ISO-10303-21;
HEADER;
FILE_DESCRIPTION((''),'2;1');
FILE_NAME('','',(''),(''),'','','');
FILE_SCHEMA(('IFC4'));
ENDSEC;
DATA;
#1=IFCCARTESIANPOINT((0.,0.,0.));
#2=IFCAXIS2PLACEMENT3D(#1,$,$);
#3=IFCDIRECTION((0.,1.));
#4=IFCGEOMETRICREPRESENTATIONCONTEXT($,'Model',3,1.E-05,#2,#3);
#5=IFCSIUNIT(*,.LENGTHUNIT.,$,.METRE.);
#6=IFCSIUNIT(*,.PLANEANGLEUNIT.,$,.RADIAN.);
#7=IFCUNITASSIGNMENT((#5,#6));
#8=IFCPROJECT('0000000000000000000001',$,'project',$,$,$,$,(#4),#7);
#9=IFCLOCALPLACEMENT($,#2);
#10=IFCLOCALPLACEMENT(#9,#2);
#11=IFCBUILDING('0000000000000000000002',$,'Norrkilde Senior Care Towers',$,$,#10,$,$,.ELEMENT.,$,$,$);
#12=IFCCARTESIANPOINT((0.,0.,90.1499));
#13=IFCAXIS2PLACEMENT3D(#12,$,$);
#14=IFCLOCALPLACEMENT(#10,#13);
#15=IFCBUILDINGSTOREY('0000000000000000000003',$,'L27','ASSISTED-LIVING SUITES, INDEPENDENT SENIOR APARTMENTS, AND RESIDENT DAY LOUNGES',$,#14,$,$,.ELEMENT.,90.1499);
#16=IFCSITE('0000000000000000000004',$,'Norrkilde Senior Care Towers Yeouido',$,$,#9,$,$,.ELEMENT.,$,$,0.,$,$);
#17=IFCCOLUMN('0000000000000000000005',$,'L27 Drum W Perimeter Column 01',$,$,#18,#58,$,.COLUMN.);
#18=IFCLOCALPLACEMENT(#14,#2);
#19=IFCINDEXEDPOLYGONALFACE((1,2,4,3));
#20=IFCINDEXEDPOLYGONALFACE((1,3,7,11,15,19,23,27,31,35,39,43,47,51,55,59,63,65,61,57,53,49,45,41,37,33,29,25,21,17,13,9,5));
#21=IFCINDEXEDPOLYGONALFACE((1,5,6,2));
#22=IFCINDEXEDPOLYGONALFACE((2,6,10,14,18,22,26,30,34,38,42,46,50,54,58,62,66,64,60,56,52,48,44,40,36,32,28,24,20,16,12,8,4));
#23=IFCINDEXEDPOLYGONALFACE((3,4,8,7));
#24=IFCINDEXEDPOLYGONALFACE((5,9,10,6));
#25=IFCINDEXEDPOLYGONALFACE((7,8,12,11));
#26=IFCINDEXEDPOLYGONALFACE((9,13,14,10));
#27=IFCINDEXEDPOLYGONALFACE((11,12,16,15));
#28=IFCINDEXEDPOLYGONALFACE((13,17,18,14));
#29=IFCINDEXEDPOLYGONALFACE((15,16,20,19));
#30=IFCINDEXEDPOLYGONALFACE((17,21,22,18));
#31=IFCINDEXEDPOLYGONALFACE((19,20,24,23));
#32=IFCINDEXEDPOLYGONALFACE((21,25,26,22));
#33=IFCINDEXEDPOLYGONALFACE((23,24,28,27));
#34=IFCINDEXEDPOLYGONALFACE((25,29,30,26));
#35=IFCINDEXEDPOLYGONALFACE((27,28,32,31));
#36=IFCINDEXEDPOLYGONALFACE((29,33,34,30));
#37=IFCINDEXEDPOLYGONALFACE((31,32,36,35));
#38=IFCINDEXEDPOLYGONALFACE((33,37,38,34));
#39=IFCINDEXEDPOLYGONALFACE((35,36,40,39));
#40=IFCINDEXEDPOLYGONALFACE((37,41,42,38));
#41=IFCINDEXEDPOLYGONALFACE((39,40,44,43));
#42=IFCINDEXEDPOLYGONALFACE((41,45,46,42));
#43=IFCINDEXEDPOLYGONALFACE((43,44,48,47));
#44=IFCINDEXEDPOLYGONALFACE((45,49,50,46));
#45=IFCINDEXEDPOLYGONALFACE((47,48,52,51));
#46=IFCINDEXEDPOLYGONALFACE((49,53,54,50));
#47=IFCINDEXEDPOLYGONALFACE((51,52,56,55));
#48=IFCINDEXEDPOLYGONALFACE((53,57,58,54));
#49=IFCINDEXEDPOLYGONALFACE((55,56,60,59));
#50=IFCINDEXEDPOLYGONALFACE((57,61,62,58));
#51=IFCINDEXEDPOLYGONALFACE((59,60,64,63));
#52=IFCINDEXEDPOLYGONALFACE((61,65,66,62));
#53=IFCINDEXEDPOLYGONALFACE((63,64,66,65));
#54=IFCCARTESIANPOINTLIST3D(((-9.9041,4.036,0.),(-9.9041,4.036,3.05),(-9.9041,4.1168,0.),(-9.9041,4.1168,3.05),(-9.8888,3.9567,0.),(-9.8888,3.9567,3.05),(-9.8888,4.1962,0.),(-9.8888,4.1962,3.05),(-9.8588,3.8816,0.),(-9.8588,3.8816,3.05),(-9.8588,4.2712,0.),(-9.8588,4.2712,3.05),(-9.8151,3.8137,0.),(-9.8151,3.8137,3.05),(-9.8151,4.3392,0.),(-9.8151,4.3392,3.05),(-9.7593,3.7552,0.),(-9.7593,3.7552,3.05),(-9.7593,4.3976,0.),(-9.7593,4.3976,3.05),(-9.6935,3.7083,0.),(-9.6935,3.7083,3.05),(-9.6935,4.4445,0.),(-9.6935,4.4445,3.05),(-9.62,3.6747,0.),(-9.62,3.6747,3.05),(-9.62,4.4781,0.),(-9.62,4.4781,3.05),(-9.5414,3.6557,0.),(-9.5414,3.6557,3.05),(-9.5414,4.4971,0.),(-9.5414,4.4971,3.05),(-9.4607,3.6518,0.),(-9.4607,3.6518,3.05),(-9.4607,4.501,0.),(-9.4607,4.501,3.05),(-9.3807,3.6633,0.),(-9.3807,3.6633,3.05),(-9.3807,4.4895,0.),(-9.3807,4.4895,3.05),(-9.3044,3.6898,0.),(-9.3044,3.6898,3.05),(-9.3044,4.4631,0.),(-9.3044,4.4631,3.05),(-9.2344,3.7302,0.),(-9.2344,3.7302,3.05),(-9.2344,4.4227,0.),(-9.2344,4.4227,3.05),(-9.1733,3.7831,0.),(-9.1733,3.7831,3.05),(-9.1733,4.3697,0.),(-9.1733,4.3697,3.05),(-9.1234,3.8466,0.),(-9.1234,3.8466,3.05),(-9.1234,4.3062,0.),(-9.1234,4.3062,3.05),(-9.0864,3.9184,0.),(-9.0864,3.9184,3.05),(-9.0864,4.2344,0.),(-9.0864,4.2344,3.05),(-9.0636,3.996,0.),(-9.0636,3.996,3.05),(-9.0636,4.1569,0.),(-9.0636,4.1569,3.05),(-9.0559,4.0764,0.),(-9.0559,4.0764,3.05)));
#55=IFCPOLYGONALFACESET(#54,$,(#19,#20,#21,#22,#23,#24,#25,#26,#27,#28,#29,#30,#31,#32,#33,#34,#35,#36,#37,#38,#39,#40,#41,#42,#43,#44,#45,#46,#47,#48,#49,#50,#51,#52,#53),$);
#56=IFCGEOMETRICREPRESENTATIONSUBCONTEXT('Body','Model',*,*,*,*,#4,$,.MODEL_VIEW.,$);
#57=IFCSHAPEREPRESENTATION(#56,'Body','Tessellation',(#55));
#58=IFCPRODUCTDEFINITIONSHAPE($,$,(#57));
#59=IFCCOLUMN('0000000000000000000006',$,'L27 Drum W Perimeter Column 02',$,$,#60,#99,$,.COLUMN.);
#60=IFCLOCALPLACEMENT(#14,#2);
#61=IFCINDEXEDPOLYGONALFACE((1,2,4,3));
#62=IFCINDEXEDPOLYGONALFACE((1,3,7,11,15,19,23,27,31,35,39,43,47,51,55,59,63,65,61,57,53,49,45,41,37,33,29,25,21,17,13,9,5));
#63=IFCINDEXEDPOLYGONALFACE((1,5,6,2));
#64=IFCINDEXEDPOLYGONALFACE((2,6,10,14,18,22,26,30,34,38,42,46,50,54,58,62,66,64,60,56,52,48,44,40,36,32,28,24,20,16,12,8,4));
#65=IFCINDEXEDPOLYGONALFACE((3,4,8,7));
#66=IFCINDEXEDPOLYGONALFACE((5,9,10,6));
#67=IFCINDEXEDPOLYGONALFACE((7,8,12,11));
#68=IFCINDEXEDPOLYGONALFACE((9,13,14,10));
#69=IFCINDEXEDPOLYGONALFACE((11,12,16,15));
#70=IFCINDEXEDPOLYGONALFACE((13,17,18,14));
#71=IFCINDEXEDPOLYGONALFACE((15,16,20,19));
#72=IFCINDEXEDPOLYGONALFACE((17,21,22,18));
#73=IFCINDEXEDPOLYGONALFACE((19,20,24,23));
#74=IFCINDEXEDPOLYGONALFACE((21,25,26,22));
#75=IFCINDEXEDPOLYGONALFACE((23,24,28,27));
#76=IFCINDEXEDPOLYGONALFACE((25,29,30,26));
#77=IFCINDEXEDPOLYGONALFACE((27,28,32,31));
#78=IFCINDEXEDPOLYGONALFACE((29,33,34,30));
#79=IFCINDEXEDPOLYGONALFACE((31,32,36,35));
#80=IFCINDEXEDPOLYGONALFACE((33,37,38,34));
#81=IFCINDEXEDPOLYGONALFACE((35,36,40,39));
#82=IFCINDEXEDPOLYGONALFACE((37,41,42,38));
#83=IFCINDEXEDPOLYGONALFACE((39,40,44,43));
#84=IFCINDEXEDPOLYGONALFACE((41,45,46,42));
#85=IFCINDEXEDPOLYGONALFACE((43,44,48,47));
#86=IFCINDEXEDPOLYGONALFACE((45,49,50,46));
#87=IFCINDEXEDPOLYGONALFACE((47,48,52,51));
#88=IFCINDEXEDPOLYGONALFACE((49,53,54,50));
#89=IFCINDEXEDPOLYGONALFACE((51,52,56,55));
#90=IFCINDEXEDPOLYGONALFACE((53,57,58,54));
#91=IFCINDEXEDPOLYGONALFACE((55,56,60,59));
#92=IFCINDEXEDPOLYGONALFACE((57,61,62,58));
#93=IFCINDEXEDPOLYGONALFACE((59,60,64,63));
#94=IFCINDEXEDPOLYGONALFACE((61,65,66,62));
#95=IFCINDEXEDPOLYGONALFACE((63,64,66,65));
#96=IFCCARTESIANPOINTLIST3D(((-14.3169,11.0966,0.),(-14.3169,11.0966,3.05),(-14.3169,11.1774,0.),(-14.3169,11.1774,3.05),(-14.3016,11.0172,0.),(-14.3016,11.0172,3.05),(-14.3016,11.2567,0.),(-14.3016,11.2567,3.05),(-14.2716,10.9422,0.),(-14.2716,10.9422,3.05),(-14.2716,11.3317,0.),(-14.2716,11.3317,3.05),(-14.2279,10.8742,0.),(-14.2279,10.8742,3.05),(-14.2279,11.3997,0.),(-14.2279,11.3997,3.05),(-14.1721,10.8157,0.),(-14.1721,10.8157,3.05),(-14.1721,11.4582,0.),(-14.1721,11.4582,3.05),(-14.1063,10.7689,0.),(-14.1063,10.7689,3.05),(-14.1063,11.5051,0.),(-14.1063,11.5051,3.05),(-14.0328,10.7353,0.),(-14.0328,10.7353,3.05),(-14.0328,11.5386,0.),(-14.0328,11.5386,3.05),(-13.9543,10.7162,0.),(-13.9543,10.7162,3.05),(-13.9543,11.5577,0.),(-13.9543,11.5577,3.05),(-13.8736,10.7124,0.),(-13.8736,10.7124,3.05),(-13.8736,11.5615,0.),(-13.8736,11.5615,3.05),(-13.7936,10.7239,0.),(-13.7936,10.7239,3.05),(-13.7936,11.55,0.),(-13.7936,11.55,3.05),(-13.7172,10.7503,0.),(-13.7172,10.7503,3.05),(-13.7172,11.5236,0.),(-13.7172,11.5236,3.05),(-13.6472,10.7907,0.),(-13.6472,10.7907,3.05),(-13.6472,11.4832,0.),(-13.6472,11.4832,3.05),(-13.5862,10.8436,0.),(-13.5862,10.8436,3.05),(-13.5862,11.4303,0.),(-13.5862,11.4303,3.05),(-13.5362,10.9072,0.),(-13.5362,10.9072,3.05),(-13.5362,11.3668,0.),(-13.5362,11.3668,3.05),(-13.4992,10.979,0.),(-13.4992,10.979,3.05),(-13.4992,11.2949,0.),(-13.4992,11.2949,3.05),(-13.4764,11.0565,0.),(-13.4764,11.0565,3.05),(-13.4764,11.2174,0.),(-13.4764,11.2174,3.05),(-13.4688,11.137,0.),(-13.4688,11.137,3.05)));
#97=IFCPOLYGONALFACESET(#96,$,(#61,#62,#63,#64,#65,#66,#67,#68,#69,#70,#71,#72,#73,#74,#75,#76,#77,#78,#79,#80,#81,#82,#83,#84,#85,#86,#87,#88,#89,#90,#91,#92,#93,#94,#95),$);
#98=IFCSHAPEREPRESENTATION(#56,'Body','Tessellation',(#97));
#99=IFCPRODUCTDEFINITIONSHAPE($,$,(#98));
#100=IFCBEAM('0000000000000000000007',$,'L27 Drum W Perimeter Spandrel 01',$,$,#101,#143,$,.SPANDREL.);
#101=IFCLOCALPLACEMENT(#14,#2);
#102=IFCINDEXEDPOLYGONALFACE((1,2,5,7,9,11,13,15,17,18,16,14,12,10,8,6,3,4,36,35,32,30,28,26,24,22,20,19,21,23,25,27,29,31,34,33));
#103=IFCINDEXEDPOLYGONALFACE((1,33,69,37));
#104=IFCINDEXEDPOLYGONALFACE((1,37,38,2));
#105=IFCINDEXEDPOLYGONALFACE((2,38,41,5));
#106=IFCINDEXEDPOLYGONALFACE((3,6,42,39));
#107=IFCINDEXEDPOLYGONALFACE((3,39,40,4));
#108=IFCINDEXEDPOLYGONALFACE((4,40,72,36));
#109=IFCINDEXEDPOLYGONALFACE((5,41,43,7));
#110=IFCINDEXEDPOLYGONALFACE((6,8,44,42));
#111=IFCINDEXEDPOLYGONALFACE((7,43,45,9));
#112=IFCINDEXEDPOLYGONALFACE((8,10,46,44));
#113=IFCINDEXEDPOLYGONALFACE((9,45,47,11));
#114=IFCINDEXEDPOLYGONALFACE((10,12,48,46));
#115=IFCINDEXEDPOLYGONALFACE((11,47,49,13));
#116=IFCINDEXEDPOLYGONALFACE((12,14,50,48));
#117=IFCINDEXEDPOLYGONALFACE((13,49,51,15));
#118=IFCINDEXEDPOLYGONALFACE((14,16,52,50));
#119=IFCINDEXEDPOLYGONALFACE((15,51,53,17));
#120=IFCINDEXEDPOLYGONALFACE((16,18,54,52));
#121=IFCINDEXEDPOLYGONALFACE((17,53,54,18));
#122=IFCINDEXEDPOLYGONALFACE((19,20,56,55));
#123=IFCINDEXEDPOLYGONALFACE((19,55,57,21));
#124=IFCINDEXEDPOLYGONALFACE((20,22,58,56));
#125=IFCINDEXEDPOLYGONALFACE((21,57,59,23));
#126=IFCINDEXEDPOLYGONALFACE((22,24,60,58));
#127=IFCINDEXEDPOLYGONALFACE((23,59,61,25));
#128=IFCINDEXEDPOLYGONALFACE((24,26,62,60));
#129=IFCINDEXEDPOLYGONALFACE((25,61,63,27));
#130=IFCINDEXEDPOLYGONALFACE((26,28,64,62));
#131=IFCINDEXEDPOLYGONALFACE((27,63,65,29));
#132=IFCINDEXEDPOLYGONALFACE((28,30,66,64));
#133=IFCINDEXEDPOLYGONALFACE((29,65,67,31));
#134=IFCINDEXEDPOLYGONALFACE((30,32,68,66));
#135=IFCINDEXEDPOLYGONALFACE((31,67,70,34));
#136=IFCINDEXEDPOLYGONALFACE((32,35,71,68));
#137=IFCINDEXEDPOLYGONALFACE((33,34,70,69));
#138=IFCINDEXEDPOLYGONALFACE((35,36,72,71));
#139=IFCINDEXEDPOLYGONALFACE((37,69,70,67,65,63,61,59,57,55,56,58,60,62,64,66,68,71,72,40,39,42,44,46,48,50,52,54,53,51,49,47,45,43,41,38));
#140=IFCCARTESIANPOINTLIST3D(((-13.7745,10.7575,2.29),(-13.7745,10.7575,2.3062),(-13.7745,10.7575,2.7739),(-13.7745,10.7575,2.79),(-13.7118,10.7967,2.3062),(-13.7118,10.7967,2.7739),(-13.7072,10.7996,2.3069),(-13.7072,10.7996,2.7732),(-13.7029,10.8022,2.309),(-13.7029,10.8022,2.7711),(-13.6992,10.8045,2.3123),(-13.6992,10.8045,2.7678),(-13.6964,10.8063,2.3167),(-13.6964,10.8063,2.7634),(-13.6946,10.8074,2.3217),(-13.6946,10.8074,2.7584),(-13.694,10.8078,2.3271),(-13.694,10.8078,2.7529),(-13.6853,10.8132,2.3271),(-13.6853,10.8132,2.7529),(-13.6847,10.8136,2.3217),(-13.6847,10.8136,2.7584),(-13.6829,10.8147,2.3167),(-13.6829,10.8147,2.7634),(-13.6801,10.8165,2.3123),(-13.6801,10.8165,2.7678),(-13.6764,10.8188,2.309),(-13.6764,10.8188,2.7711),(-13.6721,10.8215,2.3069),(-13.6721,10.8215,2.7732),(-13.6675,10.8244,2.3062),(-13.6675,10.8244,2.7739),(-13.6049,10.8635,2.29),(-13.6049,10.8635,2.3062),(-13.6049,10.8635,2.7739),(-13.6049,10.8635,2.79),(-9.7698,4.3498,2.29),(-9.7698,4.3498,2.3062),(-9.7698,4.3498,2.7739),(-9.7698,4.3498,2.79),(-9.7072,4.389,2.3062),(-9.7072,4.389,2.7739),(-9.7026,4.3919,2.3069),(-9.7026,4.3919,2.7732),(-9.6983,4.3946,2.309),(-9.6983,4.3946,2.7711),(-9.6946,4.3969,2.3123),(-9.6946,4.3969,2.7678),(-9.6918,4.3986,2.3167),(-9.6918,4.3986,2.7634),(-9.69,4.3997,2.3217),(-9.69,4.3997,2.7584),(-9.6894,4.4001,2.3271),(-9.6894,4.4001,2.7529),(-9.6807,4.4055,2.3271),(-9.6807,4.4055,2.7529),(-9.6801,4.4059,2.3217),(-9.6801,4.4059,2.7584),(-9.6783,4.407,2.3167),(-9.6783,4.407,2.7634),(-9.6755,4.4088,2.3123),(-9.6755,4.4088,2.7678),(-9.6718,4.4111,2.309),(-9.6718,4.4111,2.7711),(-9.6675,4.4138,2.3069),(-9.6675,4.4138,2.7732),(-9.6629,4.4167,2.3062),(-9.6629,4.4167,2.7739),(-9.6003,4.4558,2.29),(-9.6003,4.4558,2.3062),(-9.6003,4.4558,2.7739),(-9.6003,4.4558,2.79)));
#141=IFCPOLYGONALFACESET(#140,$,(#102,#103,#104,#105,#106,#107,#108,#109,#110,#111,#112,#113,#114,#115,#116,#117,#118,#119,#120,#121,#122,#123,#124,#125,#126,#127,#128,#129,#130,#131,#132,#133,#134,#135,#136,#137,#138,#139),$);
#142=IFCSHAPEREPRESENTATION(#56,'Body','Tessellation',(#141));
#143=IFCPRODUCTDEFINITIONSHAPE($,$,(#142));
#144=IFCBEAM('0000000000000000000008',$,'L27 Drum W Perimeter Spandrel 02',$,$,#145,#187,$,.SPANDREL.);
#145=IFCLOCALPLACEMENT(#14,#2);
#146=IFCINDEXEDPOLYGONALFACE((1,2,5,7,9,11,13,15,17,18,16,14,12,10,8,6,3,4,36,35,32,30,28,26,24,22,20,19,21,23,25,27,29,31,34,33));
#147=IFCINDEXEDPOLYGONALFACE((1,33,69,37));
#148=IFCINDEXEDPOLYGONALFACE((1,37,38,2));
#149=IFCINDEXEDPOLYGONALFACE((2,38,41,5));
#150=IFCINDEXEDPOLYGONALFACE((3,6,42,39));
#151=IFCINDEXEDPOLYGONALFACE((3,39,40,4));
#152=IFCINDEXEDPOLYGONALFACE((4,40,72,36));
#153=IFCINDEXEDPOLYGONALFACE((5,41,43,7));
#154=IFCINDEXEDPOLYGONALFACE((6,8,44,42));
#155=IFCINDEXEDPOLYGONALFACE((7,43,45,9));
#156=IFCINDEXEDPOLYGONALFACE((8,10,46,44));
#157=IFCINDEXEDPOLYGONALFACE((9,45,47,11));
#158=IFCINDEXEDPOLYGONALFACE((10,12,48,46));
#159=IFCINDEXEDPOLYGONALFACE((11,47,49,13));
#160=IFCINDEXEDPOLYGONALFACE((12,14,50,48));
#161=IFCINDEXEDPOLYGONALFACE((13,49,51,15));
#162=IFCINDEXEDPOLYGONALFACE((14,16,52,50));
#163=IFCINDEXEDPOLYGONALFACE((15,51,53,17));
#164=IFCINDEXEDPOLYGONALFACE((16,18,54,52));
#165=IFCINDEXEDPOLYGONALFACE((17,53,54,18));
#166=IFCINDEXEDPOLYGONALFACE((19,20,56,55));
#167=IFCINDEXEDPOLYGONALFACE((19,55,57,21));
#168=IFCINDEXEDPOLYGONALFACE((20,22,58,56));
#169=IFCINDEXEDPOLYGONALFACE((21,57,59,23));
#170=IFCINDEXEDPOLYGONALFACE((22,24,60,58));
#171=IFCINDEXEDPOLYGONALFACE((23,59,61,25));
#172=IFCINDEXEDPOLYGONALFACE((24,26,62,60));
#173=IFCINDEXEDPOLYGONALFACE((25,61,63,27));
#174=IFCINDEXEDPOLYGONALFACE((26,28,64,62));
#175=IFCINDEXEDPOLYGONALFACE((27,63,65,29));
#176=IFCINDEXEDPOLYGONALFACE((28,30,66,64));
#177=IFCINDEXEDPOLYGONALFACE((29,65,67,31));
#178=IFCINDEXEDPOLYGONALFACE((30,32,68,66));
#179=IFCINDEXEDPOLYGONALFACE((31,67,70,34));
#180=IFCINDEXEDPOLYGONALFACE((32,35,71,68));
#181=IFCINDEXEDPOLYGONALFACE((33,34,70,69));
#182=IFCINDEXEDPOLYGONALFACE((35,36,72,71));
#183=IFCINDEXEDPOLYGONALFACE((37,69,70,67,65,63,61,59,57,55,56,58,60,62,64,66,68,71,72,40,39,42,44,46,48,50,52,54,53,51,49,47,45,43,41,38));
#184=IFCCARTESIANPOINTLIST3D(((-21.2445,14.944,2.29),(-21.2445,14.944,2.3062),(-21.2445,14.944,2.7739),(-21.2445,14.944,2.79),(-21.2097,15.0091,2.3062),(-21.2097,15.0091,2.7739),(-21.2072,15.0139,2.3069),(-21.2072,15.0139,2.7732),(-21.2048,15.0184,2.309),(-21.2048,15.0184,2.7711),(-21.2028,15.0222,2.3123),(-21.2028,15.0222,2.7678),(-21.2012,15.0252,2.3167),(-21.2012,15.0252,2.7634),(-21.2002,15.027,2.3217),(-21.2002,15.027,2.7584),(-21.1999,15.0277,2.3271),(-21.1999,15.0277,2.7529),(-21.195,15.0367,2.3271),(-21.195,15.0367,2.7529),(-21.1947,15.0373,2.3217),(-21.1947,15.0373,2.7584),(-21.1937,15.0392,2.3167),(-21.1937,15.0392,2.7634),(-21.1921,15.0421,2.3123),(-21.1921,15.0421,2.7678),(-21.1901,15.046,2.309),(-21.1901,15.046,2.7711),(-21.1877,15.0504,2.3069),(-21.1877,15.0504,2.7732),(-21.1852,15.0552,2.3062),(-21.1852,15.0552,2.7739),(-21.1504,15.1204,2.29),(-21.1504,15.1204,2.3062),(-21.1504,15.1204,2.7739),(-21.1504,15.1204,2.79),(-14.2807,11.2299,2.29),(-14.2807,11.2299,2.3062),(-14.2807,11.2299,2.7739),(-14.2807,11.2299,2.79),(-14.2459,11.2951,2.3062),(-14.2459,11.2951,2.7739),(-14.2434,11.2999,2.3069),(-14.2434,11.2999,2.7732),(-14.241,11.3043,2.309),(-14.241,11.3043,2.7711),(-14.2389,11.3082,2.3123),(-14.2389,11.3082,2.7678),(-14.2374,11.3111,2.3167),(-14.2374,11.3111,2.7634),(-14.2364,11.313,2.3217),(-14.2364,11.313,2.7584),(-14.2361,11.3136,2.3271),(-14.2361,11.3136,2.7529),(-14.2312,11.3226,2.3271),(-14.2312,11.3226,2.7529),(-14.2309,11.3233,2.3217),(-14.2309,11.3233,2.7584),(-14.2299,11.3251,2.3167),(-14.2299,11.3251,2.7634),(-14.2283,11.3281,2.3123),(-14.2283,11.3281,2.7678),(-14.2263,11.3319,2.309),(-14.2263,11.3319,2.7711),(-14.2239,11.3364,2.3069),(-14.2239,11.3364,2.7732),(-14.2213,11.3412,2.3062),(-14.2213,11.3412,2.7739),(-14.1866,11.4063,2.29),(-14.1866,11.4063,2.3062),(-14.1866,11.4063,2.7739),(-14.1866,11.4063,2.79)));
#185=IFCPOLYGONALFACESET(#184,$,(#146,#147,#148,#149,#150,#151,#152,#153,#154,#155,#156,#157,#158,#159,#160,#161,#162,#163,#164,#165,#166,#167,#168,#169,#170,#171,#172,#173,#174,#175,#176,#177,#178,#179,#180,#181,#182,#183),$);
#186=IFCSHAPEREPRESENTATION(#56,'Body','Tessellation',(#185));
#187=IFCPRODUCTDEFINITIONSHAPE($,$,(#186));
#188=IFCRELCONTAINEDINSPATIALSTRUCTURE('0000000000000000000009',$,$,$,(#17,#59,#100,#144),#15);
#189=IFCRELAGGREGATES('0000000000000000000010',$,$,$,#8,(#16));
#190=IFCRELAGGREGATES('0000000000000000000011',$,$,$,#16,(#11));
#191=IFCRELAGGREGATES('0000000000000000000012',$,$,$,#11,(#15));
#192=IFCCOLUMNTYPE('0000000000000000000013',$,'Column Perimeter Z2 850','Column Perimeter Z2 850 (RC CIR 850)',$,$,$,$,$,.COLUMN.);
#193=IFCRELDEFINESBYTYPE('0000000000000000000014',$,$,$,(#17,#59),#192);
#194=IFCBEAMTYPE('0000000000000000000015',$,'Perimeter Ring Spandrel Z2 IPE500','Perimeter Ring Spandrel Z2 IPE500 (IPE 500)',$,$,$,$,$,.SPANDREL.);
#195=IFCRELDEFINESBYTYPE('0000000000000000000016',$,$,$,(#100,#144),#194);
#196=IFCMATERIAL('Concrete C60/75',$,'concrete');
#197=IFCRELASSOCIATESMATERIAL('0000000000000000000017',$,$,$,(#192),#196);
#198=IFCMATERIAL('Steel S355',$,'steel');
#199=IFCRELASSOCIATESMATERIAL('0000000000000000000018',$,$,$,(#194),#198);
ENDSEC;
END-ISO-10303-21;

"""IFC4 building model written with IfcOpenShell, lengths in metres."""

from ifc_helpers import new_model, si_unit, direction, frame, origin, origin_2d, place, context, subcontext, project, spatial, circle, i_section, extrude, source, transform, mapped, material, material_profile, profile_set, type_object, type_shapes, element, save


model = new_model("IFC4")

# Units and contexts
model_context = context("Model", 3, precision=1e-05, world=origin(), true_north=direction((0.0, 1.0)))
body_context = subcontext(model_context, "Body", "Model", "MODEL_VIEW")
ifc_project = project(units=[si_unit("LENGTHUNIT", "METRE"), si_unit("PLANEANGLEUNIT", "RADIAN")], contexts=[model_context])

# Site, building, storey
site_placement = place(None, origin())
site = spatial("IfcSite", under=ifc_project, at=site_placement, Name="Norrkilde Senior Care Towers Yeouido", CompositionType="ELEMENT", RefElevation=0.0)
building_placement = place(site_placement, origin())
building = spatial("IfcBuilding", under=site, at=building_placement, Name="Norrkilde Senior Care Towers", CompositionType="ELEMENT")
storey_placement = place(building_placement, frame((0.0, 0.0, 90.1499)))
storey = spatial("IfcBuildingStorey", under=building, at=storey_placement, Name="L27", Description="ASSISTED-LIVING SUITES, INDEPENDENT SENIOR APARTMENTS, AND RESIDENT DAY LOUNGES", CompositionType="ELEMENT", Elevation=90.1499)

# Columns
ifc_material_1 = material(Name="Concrete C60/75", Category="concrete")
ifc_material_profile_1 = material_profile(ifc_material_1, circle(Radius=0.425, at=origin_2d()), Name="RC CIR 850")
ifc_profile_set_1 = profile_set([ifc_material_profile_1], Name="Concrete C60/75")
column_type = type_object("IfcColumnType", Name="Column Perimeter Z2 850", Description="Column Perimeter Z2 850 (RC CIR 850)", PredefinedType="COLUMN", material=ifc_profile_set_1)
shared_shape_1 = source(origin(), body_context, "Body", "SweptSolid", [
    extrude(circle(Radius=0.425, at=origin_2d()), origin(), (0.0, 0.0, 1.0), 3.05),
])
type_shapes(column_type, [shared_shape_1])
for number, where, z_axis, x_axis, name in (
    (1, (-9.481, 4.0764, 0.0), (0.0, 0.0, 1.0), (1.0, 0.0, 0.0), "L27 Drum W Perimeter Column 01"),
    (2, (-13.8938, 11.137, 0.0), (0.0, 0.0, 1.0), (1.0, 0.0, 0.0), "L27 Drum W Perimeter Column 02"),
):
    element("IfcColumn", number, at=place(storey_placement, frame(where, z_axis=z_axis, x_axis=x_axis)), inside=storey, type_object=column_type, Name=name, PredefinedType="COLUMN", context=body_context, shape_type="MappedRepresentation", body=[
        mapped(shared_shape_1, transform((0.0, 0.0, 0.0), x_axis=(1.0, 0.0, 0.0), y_axis=(0.0, 1.0, 0.0), z_axis=(0.0, 0.0, 1.0), scale=1.0)),
    ])

# Beams
ifc_material_2 = material(Name="Steel S355", Category="steel")
ifc_material_profile_2 = material_profile(ifc_material_2, i_section(OverallWidth=0.2, OverallDepth=0.5, WebThickness=0.0103, FlangeThickness=0.0161, FilletRadius=0.021, at=origin_2d()), Name="IPE 500")
ifc_profile_set_2 = profile_set([ifc_material_profile_2], Name="Steel S355")
beam_type_1 = type_object("IfcBeamType", Name="Perimeter Ring Spandrel Z2 IPE500", Description="Perimeter Ring Spandrel Z2 IPE500 (IPE 500)", PredefinedType="SPANDREL", material=ifc_profile_set_2)
shared_shape_2 = source(origin(), body_context, "Body", "SweptSolid", [
    extrude(i_section(OverallWidth=0.2, OverallDepth=0.5, WebThickness=0.0103, FlangeThickness=0.0161, FilletRadius=0.021, at=origin_2d()), origin(), (0.0, 0.0, 1.0), 7.5562),
])
beam_1_placement = place(storey_placement, frame((-9.6851, 4.4028, 2.54), z_axis=(-0.529982, 0.848009, 0.0), x_axis=(-0.848009, -0.529982, 0.0)))
element("IfcBeam", 3, at=beam_1_placement, inside=storey, type_object=beam_type_1, Name="L27 Drum W Perimeter Spandrel 01", PredefinedType="SPANDREL", context=body_context, shape_type="MappedRepresentation", body=[
    mapped(shared_shape_2, transform((0.0, 0.0, 0.0), x_axis=(1.0, 0.0, 0.0), y_axis=(0.0, 1.0, 0.0), z_axis=(0.0, 0.0, 1.0), scale=1.0)),
])
shared_shape_3 = source(origin(), body_context, "Body", "SweptSolid", [
    extrude(i_section(OverallWidth=0.2, OverallDepth=0.5, WebThickness=0.0103, FlangeThickness=0.0161, FilletRadius=0.021, at=origin_2d()), origin(), (0.0, 0.0, 1.0), 7.8923),
])
type_shapes(beam_type_1, [shared_shape_2, shared_shape_3])
beam_2_placement = place(storey_placement, frame((-14.2336, 11.3181, 2.54), z_axis=(-0.88235, 0.470593, 0.0), x_axis=(-0.470593, -0.88235, 0.0)))
element("IfcBeam", 4, at=beam_2_placement, inside=storey, type_object=beam_type_1, Name="L27 Drum W Perimeter Spandrel 02", PredefinedType="SPANDREL", context=body_context, shape_type="MappedRepresentation", body=[
    mapped(shared_shape_3, transform((0.0, 0.0, 0.0), x_axis=(1.0, 0.0, 0.0), y_axis=(0.0, 1.0, 0.0), z_axis=(0.0, 0.0, 1.0), scale=1.0)),
])

save(model, "model.ifc")
